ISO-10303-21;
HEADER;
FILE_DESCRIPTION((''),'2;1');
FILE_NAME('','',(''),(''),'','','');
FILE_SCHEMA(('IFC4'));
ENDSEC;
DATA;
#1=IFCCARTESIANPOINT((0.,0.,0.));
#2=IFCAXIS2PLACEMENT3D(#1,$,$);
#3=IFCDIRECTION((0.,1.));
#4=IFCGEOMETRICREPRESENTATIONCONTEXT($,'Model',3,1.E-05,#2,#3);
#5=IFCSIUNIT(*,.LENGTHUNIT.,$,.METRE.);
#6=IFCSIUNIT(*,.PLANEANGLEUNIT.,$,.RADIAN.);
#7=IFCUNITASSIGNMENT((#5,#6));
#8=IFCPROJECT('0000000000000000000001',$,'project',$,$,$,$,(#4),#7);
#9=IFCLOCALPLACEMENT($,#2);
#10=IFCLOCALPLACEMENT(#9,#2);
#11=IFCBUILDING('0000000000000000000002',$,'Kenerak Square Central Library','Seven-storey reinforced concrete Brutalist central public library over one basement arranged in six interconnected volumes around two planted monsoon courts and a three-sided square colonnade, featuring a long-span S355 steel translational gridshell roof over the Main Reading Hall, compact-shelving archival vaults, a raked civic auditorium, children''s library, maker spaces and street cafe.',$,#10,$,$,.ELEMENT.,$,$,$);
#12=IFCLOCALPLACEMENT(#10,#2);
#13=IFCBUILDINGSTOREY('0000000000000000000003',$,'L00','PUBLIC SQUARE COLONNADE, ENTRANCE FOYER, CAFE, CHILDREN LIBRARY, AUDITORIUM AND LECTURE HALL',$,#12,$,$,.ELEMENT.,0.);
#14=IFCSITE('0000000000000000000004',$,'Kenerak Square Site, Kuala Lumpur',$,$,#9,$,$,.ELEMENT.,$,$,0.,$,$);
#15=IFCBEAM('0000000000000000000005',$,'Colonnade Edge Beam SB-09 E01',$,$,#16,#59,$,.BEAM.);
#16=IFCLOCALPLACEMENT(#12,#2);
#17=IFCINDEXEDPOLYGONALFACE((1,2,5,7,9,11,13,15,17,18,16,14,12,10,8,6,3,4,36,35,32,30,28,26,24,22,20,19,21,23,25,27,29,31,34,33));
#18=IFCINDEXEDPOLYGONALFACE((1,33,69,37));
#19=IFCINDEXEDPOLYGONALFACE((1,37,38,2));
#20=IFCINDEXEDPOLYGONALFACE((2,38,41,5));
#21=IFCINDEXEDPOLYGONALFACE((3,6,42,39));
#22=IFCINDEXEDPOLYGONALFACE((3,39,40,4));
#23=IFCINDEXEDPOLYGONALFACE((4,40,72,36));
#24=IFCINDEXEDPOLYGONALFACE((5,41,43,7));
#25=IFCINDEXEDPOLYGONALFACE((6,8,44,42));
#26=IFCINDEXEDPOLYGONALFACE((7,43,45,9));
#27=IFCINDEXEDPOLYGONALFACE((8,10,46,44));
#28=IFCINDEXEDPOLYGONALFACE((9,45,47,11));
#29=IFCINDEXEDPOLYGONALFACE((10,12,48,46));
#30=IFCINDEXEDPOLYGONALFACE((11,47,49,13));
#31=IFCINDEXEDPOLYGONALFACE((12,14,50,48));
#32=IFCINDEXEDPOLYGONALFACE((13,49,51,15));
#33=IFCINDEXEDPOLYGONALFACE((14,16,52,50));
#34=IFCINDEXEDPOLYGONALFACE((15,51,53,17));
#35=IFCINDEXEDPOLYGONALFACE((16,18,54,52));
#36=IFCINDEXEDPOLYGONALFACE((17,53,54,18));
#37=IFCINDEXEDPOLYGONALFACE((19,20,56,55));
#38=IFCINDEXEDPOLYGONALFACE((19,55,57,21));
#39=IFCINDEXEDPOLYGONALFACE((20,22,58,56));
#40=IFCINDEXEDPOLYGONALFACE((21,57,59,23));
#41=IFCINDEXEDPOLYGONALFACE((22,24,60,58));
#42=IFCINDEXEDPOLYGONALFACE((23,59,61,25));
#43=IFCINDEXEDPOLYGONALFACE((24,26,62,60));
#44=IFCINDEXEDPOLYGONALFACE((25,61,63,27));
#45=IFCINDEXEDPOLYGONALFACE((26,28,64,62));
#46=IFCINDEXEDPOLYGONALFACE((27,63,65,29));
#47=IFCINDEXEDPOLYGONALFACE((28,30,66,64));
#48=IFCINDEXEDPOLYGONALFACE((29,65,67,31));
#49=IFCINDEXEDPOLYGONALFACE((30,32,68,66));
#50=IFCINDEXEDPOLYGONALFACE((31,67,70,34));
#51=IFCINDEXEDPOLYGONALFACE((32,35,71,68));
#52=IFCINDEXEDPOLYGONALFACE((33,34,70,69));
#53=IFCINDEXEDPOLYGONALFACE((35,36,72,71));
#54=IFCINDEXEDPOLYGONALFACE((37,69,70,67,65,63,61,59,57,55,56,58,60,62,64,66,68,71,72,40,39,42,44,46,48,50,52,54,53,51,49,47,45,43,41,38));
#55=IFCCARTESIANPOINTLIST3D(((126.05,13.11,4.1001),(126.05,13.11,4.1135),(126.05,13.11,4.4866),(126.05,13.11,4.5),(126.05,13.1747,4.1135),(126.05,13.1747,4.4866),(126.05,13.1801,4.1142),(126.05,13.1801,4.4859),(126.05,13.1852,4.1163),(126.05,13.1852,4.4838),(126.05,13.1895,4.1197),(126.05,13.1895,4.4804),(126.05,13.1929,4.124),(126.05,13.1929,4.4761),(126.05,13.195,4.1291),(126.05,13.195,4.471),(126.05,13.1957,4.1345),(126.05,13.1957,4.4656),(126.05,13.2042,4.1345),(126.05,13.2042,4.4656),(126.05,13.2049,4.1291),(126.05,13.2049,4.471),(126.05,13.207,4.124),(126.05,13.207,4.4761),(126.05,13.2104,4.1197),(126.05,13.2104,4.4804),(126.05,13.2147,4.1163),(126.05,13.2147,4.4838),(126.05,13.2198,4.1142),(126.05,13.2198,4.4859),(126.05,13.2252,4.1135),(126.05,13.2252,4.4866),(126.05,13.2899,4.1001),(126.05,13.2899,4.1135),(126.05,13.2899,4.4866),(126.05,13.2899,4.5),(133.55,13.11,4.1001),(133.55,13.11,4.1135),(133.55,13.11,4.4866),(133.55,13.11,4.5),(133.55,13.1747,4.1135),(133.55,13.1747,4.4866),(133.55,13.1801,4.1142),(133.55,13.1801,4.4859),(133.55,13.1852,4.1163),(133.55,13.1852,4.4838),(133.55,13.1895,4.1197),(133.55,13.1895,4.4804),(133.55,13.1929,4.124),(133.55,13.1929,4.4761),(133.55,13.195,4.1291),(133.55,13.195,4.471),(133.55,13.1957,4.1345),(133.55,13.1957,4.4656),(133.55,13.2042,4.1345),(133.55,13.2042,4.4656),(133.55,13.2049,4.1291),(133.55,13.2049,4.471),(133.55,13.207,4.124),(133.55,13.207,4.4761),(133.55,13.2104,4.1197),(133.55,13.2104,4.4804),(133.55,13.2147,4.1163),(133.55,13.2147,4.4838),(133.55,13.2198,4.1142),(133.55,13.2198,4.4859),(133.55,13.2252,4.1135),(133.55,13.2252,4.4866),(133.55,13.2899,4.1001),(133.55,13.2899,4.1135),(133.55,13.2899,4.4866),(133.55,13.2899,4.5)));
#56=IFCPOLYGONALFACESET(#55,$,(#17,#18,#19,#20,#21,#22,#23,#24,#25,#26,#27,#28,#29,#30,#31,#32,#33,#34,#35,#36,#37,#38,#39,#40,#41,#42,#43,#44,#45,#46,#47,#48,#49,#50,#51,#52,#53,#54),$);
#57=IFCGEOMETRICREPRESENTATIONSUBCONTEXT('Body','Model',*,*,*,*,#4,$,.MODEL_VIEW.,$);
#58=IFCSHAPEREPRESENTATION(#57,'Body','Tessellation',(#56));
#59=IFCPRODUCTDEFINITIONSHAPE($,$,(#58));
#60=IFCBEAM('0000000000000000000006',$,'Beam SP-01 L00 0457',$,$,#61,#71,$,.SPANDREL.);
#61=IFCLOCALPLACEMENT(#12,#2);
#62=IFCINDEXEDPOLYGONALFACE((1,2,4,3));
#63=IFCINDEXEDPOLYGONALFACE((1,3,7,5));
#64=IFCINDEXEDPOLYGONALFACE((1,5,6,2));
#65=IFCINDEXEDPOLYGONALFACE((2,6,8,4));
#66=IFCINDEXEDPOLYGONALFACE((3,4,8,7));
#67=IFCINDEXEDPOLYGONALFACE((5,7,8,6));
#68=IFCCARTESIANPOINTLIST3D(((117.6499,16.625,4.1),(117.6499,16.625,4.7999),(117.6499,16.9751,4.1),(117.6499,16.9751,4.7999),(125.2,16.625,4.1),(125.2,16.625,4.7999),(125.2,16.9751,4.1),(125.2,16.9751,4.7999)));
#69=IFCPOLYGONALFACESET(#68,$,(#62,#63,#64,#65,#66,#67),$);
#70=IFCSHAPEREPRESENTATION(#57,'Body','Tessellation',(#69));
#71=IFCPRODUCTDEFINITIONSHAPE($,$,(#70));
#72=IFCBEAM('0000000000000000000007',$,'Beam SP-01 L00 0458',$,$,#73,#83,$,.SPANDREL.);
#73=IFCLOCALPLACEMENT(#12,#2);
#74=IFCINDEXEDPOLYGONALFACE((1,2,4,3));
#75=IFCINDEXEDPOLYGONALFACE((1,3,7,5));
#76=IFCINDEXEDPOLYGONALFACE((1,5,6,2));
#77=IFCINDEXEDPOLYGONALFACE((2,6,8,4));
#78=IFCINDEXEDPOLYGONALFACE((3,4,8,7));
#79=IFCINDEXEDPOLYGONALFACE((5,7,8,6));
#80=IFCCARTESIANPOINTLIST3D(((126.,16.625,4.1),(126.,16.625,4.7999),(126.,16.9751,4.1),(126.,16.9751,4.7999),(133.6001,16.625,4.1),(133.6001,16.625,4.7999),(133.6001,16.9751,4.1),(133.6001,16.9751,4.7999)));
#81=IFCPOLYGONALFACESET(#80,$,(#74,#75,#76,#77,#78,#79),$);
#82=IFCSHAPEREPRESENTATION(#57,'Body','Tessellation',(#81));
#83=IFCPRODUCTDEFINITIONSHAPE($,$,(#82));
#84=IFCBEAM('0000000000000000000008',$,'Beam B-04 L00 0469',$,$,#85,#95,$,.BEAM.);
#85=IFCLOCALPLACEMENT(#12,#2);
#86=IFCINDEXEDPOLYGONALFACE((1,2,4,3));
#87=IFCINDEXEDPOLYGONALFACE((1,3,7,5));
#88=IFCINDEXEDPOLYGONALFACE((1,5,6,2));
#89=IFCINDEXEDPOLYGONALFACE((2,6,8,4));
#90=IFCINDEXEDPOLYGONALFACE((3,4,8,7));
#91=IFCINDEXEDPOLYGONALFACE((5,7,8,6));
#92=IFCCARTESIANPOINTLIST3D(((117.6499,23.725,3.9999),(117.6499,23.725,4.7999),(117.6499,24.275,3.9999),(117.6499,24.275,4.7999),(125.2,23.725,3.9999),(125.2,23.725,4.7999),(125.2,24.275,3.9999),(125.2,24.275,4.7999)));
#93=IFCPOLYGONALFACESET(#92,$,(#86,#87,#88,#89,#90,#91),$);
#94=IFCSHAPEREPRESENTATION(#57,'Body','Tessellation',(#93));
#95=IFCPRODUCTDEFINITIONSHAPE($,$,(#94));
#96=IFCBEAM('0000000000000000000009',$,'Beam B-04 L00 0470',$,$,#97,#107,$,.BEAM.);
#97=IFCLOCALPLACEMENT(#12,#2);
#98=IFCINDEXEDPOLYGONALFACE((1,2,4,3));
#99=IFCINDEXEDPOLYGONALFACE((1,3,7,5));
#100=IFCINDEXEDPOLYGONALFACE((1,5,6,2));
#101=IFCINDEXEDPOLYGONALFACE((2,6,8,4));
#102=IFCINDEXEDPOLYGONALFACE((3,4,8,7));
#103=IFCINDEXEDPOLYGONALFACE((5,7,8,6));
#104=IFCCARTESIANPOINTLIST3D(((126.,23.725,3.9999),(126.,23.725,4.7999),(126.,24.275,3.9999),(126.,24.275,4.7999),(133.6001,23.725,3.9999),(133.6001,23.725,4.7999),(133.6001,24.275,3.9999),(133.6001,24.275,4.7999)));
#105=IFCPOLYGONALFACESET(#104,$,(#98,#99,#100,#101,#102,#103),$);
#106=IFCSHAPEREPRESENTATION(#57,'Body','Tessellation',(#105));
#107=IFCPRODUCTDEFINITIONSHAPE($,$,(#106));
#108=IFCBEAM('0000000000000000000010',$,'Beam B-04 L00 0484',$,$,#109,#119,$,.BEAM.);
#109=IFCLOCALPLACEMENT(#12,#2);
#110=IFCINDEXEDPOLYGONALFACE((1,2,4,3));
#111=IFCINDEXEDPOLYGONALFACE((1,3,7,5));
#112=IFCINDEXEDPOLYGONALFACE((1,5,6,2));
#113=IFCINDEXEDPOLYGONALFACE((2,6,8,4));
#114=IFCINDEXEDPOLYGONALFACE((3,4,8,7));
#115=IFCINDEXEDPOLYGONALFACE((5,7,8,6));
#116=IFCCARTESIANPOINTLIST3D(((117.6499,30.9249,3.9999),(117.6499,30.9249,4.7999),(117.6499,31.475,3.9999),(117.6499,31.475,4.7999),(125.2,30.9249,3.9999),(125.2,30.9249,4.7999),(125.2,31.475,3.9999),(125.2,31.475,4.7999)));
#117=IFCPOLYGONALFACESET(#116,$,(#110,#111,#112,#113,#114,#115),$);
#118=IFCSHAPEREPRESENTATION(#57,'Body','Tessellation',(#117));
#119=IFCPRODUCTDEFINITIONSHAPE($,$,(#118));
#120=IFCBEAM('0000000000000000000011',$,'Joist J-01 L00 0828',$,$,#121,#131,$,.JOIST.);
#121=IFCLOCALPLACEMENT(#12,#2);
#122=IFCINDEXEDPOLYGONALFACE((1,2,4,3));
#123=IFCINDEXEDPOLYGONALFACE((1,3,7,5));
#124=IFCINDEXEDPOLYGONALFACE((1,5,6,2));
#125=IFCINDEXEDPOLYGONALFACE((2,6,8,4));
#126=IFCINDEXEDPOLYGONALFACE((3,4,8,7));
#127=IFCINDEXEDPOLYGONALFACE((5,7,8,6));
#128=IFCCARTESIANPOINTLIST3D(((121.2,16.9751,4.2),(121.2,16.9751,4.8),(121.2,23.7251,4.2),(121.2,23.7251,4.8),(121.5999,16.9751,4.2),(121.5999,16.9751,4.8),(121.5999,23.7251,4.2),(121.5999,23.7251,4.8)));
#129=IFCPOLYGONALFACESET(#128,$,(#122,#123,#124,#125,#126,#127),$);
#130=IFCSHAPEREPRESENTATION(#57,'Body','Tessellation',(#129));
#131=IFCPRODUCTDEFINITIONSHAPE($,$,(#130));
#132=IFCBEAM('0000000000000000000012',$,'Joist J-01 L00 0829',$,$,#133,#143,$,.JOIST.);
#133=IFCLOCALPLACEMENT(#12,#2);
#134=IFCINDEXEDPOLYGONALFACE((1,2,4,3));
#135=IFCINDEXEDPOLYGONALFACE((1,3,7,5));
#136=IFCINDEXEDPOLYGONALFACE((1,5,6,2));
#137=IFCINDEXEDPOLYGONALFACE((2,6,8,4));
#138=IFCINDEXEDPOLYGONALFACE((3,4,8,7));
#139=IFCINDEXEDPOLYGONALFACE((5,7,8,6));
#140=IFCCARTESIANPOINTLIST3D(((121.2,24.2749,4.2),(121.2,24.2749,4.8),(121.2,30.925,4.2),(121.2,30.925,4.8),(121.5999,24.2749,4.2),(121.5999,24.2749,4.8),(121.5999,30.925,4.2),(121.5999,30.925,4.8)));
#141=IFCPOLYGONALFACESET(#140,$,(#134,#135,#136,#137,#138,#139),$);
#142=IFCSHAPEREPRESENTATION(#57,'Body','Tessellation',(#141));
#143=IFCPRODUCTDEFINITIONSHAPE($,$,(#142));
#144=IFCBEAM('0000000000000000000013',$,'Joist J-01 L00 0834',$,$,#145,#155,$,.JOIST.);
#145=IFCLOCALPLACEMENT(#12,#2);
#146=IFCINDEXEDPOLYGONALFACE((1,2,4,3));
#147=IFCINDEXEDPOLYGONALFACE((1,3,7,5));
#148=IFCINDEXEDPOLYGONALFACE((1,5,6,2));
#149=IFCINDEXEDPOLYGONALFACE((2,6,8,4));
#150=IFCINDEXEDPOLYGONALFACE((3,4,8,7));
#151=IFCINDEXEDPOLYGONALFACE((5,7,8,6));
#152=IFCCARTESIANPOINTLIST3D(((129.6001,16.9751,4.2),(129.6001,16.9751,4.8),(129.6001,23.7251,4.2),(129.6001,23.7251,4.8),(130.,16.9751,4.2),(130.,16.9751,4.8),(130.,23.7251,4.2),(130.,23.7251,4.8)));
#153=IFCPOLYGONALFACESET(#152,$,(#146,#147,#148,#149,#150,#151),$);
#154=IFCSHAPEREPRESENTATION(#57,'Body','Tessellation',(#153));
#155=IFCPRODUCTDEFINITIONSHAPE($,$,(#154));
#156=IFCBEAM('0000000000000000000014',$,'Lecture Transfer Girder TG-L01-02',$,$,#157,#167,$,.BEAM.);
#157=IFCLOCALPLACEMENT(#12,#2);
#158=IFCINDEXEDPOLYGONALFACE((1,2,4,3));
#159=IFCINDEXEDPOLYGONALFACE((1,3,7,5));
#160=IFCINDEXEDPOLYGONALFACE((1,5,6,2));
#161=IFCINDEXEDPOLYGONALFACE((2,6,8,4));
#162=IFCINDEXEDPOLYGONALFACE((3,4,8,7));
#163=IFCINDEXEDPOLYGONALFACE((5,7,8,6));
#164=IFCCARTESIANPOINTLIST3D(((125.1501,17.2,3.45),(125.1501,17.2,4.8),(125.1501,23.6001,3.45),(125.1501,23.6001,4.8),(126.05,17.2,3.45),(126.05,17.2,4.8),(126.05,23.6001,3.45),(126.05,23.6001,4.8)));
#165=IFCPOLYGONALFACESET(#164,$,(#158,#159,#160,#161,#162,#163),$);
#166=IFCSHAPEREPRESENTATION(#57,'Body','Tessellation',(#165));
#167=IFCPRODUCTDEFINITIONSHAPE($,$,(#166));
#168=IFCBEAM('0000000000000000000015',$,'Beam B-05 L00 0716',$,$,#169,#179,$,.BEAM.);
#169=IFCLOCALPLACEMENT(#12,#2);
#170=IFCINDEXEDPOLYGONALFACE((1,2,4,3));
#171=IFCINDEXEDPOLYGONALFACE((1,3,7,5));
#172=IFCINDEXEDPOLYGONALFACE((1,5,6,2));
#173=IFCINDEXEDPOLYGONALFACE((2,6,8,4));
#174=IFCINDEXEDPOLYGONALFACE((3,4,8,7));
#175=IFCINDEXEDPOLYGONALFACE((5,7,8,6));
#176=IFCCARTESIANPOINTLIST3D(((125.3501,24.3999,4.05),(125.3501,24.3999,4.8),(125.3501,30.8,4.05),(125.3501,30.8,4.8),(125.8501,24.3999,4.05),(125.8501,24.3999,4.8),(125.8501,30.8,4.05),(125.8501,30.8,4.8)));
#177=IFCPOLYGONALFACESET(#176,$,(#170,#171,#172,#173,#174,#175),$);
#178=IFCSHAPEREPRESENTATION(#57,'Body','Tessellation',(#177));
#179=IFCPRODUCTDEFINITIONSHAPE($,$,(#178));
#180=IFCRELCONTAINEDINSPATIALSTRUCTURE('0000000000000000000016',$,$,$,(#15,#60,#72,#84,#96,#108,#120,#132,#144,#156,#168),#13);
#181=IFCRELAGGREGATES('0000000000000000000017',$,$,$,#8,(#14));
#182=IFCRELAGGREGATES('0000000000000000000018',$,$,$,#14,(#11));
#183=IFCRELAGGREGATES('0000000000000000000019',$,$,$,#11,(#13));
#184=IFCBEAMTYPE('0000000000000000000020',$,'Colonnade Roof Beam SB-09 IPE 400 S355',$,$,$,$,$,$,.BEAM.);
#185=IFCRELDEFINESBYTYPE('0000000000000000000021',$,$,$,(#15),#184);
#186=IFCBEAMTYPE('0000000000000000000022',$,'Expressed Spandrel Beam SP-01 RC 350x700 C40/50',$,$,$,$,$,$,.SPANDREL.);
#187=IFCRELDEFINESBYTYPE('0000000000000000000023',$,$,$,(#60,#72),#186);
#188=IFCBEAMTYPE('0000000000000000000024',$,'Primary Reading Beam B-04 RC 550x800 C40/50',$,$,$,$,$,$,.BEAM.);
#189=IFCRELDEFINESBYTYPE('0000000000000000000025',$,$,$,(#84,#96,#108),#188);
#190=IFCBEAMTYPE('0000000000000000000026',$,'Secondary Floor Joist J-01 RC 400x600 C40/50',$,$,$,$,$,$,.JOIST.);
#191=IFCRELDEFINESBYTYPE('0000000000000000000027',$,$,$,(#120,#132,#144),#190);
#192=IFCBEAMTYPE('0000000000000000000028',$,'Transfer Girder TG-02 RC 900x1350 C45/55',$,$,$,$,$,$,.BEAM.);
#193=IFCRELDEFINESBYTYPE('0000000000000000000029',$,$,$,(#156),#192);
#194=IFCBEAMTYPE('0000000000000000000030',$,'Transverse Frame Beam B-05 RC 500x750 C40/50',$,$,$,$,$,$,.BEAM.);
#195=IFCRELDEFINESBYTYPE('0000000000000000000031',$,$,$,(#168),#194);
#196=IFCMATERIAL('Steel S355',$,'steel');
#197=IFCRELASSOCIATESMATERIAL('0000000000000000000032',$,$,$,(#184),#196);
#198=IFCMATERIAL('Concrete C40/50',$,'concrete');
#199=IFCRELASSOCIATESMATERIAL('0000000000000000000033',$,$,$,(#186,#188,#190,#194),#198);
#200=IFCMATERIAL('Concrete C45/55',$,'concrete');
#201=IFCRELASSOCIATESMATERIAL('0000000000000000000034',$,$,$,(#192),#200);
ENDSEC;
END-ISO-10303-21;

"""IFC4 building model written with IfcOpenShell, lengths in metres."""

from ifc_helpers import new_model, si_unit, direction, frame, origin, origin_2d, place, context, subcontext, project, spatial, rectangle, i_section, extrude, material, material_profile, profile_set, type_object, element, save


model = new_model("IFC4")

# Units and contexts
model_context = context("Model", 3, precision=1e-05, world=origin(), true_north=direction((0.0, 1.0)))
body_context = subcontext(model_context, "Body", "Model", "MODEL_VIEW")
ifc_project = project(units=[si_unit("LENGTHUNIT", "METRE"), si_unit("PLANEANGLEUNIT", "RADIAN")], contexts=[model_context])

# Site, building, storey
site_placement = place(None, origin())
site = spatial("IfcSite", under=ifc_project, at=site_placement, Name="Kenerak Square Site, Kuala Lumpur", CompositionType="ELEMENT", RefElevation=0.0)
building_placement = place(site_placement, origin())
building = spatial("IfcBuilding", under=site, at=building_placement, Name="Kenerak Square Central Library", Description="Seven-storey reinforced concrete Brutalist central public library over one basement arranged in six interconnected volumes around two planted monsoon courts and a three-sided square colonnade, featuring a long-span S355 steel translational gridshell roof over the Main Reading Hall, compact-shelving archival vaults, a raked civic auditorium, children's library, maker spaces and street cafe.", CompositionType="ELEMENT")
storey_placement = place(building_placement, origin())
storey = spatial("IfcBuildingStorey", under=building, at=storey_placement, Name="L00", Description="PUBLIC SQUARE COLONNADE, ENTRANCE FOYER, CAFE, CHILDREN LIBRARY, AUDITORIUM AND LECTURE HALL", CompositionType="ELEMENT", Elevation=0.0)

# Shared definitions
ifc_material_1 = material(Name="Concrete C45/55", Category="concrete")

# Shared definitions
ifc_material_2 = material(Name="Steel S355", Category="steel")

# Beams
ifc_material_profile_1 = material_profile(ifc_material_2, i_section(OverallWidth=0.1799, OverallDepth=0.3999, WebThickness=0.0085, FlangeThickness=0.0134, FilletRadius=0.021, at=origin_2d()), Name="IPE 400")
ifc_profile_set_1 = profile_set([ifc_material_profile_1], Name="Steel S355")
beam_type_1 = type_object("IfcBeamType", Name="Colonnade Roof Beam SB-09 IPE 400 S355", PredefinedType="BEAM", material=ifc_profile_set_1)
beam_1_placement = place(storey_placement, frame((126.05, 13.2, 4.3), z_axis=(1.0, 0.0, 0.0), x_axis=(0.0, 1.0, 0.0)))
element("IfcBeam", 1, at=beam_1_placement, inside=storey, type_object=beam_type_1, Name="Colonnade Edge Beam SB-09 E01", PredefinedType="BEAM", context=body_context, shape_type="SweptSolid", body=[
    extrude(i_section(OverallWidth=0.1799, OverallDepth=0.3999, WebThickness=0.0085, FlangeThickness=0.0134, FilletRadius=0.021, at=origin_2d()), origin(), (0.0, 0.0, 1.0), 7.5),
])
ifc_material_3 = material(Name="Concrete C40/50", Category="concrete")
ifc_material_profile_2 = material_profile(ifc_material_3, rectangle(XDim=0.3501, YDim=0.7, at=origin_2d()), Name="RC 350x700")
ifc_profile_set_2 = profile_set([ifc_material_profile_2], Name="Concrete C40/50")
beam_type_2 = type_object("IfcBeamType", Name="Expressed Spandrel Beam SP-01 RC 350x700 C40/50", PredefinedType="SPANDREL", material=ifc_profile_set_2)
beam_2_placement = place(storey_placement, frame((117.6499, 16.8, 4.45), z_axis=(1.0, 0.0, 0.0), x_axis=(0.0, 1.0, 0.0)))
element("IfcBeam", 2, at=beam_2_placement, inside=storey, type_object=beam_type_2, Name="Beam SP-01 L00 0457", PredefinedType="SPANDREL", context=body_context, shape_type="SweptSolid", body=[
    extrude(rectangle(XDim=0.3501, YDim=0.7, at=origin_2d()), origin(), (0.0, 0.0, 1.0), 7.55),
])
beam_3_placement = place(storey_placement, frame((126.0, 16.8, 4.45), z_axis=(1.0, 0.0, 0.0), x_axis=(0.0, 1.0, 0.0)))
element("IfcBeam", 3, at=beam_3_placement, inside=storey, type_object=beam_type_2, Name="Beam SP-01 L00 0458", PredefinedType="SPANDREL", context=body_context, shape_type="SweptSolid", body=[
    extrude(rectangle(XDim=0.3501, YDim=0.7, at=origin_2d()), origin(), (0.0, 0.0, 1.0), 7.6001),
])
ifc_material_profile_3 = material_profile(ifc_material_3, rectangle(XDim=0.55, YDim=0.8, at=origin_2d()), Name="RC 550x800")
ifc_profile_set_3 = profile_set([ifc_material_profile_3], Name="Concrete C40/50")
beam_type_3 = type_object("IfcBeamType", Name="Primary Reading Beam B-04 RC 550x800 C40/50", PredefinedType="BEAM", material=ifc_profile_set_3)
beam_4_placement = place(storey_placement, frame((117.6499, 24.0, 4.3999), z_axis=(1.0, 0.0, 0.0), x_axis=(0.0, 1.0, 0.0)))
element("IfcBeam", 4, at=beam_4_placement, inside=storey, type_object=beam_type_3, Name="Beam B-04 L00 0469", PredefinedType="BEAM", context=body_context, shape_type="SweptSolid", body=[
    extrude(rectangle(XDim=0.55, YDim=0.8, at=origin_2d()), origin(), (0.0, 0.0, 1.0), 7.55),
])
beam_5_placement = place(storey_placement, frame((126.0, 24.0, 4.3999), z_axis=(1.0, 0.0, 0.0), x_axis=(0.0, 1.0, 0.0)))
element("IfcBeam", 5, at=beam_5_placement, inside=storey, type_object=beam_type_3, Name="Beam B-04 L00 0470", PredefinedType="BEAM", context=body_context, shape_type="SweptSolid", body=[
    extrude(rectangle(XDim=0.55, YDim=0.8, at=origin_2d()), origin(), (0.0, 0.0, 1.0), 7.6001),
])
beam_6_placement = place(storey_placement, frame((117.6499, 31.2, 4.3999), z_axis=(1.0, 0.0, 0.0), x_axis=(0.0, 1.0, 0.0)))
element("IfcBeam", 6, at=beam_6_placement, inside=storey, type_object=beam_type_3, Name="Beam B-04 L00 0484", PredefinedType="BEAM", context=body_context, shape_type="SweptSolid", body=[
    extrude(rectangle(XDim=0.55, YDim=0.8, at=origin_2d()), origin(), (0.0, 0.0, 1.0), 7.55),
])
ifc_material_profile_4 = material_profile(ifc_material_3, rectangle(XDim=0.3999, YDim=0.6001, at=origin_2d()), Name="RC 400x600")
ifc_profile_set_4 = profile_set([ifc_material_profile_4], Name="Concrete C40/50")
beam_type_4 = type_object("IfcBeamType", Name="Secondary Floor Joist J-01 RC 400x600 C40/50", PredefinedType="JOIST", material=ifc_profile_set_4)
beam_7_placement = place(storey_placement, frame((121.3999, 16.9751, 4.5), z_axis=(0.0, 1.0, 0.0), x_axis=(-1.0, 0.0, 0.0)))
element("IfcBeam", 7, at=beam_7_placement, inside=storey, type_object=beam_type_4, Name="Joist J-01 L00 0828", PredefinedType="JOIST", context=body_context, shape_type="SweptSolid", body=[
    extrude(rectangle(XDim=0.3999, YDim=0.6001, at=origin_2d()), origin(), (0.0, 0.0, 1.0), 6.75),
])
beam_8_placement = place(storey_placement, frame((121.3999, 24.2749, 4.5), z_axis=(0.0, 1.0, 0.0), x_axis=(-1.0, 0.0, 0.0)))
element("IfcBeam", 8, at=beam_8_placement, inside=storey, type_object=beam_type_4, Name="Joist J-01 L00 0829", PredefinedType="JOIST", context=body_context, shape_type="SweptSolid", body=[
    extrude(rectangle(XDim=0.3999, YDim=0.6001, at=origin_2d()), origin(), (0.0, 0.0, 1.0), 6.6501),
])
beam_9_placement = place(storey_placement, frame((129.8, 16.9751, 4.5), z_axis=(0.0, 1.0, 0.0), x_axis=(-1.0, 0.0, 0.0)))
element("IfcBeam", 9, at=beam_9_placement, inside=storey, type_object=beam_type_4, Name="Joist J-01 L00 0834", PredefinedType="JOIST", context=body_context, shape_type="SweptSolid", body=[
    extrude(rectangle(XDim=0.3999, YDim=0.6001, at=origin_2d()), origin(), (0.0, 0.0, 1.0), 6.75),
])
ifc_material_profile_5 = material_profile(ifc_material_1, rectangle(XDim=0.8999, YDim=1.3501, at=origin_2d()), Name="RC 900x1350")
ifc_profile_set_5 = profile_set([ifc_material_profile_5], Name="Concrete C45/55")
beam_type_5 = type_object("IfcBeamType", Name="Transfer Girder TG-02 RC 900x1350 C45/55", PredefinedType="BEAM", material=ifc_profile_set_5)
beam_10_placement = place(storey_placement, frame((125.6001, 17.2, 4.125), z_axis=(0.0, 1.0, 0.0), x_axis=(-1.0, 0.0, 0.0)))
element("IfcBeam", 10, at=beam_10_placement, inside=storey, type_object=beam_type_5, Name="Lecture Transfer Girder TG-L01-02", PredefinedType="BEAM", context=body_context, shape_type="SweptSolid", body=[
    extrude(rectangle(XDim=0.8999, YDim=1.3501, at=origin_2d()), origin(), (0.0, 0.0, 1.0), 6.4001),
])
ifc_material_profile_6 = material_profile(ifc_material_3, rectangle(XDim=0.5, YDim=0.75, at=origin_2d()), Name="RC 500x750")
ifc_profile_set_6 = profile_set([ifc_material_profile_6], Name="Concrete C40/50")
beam_type_6 = type_object("IfcBeamType", Name="Transverse Frame Beam B-05 RC 500x750 C40/50", PredefinedType="BEAM", material=ifc_profile_set_6)
beam_11_placement = place(storey_placement, frame((125.6001, 24.3999, 4.425), z_axis=(0.0, 1.0, 0.0), x_axis=(-1.0, 0.0, 0.0)))
element("IfcBeam", 11, at=beam_11_placement, inside=storey, type_object=beam_type_6, Name="Beam B-05 L00 0716", PredefinedType="BEAM", context=body_context, shape_type="SweptSolid", body=[
    extrude(rectangle(XDim=0.5, YDim=0.75, at=origin_2d()), origin(), (0.0, 0.0, 1.0), 6.4001),
])

save(model, "model.ifc")
